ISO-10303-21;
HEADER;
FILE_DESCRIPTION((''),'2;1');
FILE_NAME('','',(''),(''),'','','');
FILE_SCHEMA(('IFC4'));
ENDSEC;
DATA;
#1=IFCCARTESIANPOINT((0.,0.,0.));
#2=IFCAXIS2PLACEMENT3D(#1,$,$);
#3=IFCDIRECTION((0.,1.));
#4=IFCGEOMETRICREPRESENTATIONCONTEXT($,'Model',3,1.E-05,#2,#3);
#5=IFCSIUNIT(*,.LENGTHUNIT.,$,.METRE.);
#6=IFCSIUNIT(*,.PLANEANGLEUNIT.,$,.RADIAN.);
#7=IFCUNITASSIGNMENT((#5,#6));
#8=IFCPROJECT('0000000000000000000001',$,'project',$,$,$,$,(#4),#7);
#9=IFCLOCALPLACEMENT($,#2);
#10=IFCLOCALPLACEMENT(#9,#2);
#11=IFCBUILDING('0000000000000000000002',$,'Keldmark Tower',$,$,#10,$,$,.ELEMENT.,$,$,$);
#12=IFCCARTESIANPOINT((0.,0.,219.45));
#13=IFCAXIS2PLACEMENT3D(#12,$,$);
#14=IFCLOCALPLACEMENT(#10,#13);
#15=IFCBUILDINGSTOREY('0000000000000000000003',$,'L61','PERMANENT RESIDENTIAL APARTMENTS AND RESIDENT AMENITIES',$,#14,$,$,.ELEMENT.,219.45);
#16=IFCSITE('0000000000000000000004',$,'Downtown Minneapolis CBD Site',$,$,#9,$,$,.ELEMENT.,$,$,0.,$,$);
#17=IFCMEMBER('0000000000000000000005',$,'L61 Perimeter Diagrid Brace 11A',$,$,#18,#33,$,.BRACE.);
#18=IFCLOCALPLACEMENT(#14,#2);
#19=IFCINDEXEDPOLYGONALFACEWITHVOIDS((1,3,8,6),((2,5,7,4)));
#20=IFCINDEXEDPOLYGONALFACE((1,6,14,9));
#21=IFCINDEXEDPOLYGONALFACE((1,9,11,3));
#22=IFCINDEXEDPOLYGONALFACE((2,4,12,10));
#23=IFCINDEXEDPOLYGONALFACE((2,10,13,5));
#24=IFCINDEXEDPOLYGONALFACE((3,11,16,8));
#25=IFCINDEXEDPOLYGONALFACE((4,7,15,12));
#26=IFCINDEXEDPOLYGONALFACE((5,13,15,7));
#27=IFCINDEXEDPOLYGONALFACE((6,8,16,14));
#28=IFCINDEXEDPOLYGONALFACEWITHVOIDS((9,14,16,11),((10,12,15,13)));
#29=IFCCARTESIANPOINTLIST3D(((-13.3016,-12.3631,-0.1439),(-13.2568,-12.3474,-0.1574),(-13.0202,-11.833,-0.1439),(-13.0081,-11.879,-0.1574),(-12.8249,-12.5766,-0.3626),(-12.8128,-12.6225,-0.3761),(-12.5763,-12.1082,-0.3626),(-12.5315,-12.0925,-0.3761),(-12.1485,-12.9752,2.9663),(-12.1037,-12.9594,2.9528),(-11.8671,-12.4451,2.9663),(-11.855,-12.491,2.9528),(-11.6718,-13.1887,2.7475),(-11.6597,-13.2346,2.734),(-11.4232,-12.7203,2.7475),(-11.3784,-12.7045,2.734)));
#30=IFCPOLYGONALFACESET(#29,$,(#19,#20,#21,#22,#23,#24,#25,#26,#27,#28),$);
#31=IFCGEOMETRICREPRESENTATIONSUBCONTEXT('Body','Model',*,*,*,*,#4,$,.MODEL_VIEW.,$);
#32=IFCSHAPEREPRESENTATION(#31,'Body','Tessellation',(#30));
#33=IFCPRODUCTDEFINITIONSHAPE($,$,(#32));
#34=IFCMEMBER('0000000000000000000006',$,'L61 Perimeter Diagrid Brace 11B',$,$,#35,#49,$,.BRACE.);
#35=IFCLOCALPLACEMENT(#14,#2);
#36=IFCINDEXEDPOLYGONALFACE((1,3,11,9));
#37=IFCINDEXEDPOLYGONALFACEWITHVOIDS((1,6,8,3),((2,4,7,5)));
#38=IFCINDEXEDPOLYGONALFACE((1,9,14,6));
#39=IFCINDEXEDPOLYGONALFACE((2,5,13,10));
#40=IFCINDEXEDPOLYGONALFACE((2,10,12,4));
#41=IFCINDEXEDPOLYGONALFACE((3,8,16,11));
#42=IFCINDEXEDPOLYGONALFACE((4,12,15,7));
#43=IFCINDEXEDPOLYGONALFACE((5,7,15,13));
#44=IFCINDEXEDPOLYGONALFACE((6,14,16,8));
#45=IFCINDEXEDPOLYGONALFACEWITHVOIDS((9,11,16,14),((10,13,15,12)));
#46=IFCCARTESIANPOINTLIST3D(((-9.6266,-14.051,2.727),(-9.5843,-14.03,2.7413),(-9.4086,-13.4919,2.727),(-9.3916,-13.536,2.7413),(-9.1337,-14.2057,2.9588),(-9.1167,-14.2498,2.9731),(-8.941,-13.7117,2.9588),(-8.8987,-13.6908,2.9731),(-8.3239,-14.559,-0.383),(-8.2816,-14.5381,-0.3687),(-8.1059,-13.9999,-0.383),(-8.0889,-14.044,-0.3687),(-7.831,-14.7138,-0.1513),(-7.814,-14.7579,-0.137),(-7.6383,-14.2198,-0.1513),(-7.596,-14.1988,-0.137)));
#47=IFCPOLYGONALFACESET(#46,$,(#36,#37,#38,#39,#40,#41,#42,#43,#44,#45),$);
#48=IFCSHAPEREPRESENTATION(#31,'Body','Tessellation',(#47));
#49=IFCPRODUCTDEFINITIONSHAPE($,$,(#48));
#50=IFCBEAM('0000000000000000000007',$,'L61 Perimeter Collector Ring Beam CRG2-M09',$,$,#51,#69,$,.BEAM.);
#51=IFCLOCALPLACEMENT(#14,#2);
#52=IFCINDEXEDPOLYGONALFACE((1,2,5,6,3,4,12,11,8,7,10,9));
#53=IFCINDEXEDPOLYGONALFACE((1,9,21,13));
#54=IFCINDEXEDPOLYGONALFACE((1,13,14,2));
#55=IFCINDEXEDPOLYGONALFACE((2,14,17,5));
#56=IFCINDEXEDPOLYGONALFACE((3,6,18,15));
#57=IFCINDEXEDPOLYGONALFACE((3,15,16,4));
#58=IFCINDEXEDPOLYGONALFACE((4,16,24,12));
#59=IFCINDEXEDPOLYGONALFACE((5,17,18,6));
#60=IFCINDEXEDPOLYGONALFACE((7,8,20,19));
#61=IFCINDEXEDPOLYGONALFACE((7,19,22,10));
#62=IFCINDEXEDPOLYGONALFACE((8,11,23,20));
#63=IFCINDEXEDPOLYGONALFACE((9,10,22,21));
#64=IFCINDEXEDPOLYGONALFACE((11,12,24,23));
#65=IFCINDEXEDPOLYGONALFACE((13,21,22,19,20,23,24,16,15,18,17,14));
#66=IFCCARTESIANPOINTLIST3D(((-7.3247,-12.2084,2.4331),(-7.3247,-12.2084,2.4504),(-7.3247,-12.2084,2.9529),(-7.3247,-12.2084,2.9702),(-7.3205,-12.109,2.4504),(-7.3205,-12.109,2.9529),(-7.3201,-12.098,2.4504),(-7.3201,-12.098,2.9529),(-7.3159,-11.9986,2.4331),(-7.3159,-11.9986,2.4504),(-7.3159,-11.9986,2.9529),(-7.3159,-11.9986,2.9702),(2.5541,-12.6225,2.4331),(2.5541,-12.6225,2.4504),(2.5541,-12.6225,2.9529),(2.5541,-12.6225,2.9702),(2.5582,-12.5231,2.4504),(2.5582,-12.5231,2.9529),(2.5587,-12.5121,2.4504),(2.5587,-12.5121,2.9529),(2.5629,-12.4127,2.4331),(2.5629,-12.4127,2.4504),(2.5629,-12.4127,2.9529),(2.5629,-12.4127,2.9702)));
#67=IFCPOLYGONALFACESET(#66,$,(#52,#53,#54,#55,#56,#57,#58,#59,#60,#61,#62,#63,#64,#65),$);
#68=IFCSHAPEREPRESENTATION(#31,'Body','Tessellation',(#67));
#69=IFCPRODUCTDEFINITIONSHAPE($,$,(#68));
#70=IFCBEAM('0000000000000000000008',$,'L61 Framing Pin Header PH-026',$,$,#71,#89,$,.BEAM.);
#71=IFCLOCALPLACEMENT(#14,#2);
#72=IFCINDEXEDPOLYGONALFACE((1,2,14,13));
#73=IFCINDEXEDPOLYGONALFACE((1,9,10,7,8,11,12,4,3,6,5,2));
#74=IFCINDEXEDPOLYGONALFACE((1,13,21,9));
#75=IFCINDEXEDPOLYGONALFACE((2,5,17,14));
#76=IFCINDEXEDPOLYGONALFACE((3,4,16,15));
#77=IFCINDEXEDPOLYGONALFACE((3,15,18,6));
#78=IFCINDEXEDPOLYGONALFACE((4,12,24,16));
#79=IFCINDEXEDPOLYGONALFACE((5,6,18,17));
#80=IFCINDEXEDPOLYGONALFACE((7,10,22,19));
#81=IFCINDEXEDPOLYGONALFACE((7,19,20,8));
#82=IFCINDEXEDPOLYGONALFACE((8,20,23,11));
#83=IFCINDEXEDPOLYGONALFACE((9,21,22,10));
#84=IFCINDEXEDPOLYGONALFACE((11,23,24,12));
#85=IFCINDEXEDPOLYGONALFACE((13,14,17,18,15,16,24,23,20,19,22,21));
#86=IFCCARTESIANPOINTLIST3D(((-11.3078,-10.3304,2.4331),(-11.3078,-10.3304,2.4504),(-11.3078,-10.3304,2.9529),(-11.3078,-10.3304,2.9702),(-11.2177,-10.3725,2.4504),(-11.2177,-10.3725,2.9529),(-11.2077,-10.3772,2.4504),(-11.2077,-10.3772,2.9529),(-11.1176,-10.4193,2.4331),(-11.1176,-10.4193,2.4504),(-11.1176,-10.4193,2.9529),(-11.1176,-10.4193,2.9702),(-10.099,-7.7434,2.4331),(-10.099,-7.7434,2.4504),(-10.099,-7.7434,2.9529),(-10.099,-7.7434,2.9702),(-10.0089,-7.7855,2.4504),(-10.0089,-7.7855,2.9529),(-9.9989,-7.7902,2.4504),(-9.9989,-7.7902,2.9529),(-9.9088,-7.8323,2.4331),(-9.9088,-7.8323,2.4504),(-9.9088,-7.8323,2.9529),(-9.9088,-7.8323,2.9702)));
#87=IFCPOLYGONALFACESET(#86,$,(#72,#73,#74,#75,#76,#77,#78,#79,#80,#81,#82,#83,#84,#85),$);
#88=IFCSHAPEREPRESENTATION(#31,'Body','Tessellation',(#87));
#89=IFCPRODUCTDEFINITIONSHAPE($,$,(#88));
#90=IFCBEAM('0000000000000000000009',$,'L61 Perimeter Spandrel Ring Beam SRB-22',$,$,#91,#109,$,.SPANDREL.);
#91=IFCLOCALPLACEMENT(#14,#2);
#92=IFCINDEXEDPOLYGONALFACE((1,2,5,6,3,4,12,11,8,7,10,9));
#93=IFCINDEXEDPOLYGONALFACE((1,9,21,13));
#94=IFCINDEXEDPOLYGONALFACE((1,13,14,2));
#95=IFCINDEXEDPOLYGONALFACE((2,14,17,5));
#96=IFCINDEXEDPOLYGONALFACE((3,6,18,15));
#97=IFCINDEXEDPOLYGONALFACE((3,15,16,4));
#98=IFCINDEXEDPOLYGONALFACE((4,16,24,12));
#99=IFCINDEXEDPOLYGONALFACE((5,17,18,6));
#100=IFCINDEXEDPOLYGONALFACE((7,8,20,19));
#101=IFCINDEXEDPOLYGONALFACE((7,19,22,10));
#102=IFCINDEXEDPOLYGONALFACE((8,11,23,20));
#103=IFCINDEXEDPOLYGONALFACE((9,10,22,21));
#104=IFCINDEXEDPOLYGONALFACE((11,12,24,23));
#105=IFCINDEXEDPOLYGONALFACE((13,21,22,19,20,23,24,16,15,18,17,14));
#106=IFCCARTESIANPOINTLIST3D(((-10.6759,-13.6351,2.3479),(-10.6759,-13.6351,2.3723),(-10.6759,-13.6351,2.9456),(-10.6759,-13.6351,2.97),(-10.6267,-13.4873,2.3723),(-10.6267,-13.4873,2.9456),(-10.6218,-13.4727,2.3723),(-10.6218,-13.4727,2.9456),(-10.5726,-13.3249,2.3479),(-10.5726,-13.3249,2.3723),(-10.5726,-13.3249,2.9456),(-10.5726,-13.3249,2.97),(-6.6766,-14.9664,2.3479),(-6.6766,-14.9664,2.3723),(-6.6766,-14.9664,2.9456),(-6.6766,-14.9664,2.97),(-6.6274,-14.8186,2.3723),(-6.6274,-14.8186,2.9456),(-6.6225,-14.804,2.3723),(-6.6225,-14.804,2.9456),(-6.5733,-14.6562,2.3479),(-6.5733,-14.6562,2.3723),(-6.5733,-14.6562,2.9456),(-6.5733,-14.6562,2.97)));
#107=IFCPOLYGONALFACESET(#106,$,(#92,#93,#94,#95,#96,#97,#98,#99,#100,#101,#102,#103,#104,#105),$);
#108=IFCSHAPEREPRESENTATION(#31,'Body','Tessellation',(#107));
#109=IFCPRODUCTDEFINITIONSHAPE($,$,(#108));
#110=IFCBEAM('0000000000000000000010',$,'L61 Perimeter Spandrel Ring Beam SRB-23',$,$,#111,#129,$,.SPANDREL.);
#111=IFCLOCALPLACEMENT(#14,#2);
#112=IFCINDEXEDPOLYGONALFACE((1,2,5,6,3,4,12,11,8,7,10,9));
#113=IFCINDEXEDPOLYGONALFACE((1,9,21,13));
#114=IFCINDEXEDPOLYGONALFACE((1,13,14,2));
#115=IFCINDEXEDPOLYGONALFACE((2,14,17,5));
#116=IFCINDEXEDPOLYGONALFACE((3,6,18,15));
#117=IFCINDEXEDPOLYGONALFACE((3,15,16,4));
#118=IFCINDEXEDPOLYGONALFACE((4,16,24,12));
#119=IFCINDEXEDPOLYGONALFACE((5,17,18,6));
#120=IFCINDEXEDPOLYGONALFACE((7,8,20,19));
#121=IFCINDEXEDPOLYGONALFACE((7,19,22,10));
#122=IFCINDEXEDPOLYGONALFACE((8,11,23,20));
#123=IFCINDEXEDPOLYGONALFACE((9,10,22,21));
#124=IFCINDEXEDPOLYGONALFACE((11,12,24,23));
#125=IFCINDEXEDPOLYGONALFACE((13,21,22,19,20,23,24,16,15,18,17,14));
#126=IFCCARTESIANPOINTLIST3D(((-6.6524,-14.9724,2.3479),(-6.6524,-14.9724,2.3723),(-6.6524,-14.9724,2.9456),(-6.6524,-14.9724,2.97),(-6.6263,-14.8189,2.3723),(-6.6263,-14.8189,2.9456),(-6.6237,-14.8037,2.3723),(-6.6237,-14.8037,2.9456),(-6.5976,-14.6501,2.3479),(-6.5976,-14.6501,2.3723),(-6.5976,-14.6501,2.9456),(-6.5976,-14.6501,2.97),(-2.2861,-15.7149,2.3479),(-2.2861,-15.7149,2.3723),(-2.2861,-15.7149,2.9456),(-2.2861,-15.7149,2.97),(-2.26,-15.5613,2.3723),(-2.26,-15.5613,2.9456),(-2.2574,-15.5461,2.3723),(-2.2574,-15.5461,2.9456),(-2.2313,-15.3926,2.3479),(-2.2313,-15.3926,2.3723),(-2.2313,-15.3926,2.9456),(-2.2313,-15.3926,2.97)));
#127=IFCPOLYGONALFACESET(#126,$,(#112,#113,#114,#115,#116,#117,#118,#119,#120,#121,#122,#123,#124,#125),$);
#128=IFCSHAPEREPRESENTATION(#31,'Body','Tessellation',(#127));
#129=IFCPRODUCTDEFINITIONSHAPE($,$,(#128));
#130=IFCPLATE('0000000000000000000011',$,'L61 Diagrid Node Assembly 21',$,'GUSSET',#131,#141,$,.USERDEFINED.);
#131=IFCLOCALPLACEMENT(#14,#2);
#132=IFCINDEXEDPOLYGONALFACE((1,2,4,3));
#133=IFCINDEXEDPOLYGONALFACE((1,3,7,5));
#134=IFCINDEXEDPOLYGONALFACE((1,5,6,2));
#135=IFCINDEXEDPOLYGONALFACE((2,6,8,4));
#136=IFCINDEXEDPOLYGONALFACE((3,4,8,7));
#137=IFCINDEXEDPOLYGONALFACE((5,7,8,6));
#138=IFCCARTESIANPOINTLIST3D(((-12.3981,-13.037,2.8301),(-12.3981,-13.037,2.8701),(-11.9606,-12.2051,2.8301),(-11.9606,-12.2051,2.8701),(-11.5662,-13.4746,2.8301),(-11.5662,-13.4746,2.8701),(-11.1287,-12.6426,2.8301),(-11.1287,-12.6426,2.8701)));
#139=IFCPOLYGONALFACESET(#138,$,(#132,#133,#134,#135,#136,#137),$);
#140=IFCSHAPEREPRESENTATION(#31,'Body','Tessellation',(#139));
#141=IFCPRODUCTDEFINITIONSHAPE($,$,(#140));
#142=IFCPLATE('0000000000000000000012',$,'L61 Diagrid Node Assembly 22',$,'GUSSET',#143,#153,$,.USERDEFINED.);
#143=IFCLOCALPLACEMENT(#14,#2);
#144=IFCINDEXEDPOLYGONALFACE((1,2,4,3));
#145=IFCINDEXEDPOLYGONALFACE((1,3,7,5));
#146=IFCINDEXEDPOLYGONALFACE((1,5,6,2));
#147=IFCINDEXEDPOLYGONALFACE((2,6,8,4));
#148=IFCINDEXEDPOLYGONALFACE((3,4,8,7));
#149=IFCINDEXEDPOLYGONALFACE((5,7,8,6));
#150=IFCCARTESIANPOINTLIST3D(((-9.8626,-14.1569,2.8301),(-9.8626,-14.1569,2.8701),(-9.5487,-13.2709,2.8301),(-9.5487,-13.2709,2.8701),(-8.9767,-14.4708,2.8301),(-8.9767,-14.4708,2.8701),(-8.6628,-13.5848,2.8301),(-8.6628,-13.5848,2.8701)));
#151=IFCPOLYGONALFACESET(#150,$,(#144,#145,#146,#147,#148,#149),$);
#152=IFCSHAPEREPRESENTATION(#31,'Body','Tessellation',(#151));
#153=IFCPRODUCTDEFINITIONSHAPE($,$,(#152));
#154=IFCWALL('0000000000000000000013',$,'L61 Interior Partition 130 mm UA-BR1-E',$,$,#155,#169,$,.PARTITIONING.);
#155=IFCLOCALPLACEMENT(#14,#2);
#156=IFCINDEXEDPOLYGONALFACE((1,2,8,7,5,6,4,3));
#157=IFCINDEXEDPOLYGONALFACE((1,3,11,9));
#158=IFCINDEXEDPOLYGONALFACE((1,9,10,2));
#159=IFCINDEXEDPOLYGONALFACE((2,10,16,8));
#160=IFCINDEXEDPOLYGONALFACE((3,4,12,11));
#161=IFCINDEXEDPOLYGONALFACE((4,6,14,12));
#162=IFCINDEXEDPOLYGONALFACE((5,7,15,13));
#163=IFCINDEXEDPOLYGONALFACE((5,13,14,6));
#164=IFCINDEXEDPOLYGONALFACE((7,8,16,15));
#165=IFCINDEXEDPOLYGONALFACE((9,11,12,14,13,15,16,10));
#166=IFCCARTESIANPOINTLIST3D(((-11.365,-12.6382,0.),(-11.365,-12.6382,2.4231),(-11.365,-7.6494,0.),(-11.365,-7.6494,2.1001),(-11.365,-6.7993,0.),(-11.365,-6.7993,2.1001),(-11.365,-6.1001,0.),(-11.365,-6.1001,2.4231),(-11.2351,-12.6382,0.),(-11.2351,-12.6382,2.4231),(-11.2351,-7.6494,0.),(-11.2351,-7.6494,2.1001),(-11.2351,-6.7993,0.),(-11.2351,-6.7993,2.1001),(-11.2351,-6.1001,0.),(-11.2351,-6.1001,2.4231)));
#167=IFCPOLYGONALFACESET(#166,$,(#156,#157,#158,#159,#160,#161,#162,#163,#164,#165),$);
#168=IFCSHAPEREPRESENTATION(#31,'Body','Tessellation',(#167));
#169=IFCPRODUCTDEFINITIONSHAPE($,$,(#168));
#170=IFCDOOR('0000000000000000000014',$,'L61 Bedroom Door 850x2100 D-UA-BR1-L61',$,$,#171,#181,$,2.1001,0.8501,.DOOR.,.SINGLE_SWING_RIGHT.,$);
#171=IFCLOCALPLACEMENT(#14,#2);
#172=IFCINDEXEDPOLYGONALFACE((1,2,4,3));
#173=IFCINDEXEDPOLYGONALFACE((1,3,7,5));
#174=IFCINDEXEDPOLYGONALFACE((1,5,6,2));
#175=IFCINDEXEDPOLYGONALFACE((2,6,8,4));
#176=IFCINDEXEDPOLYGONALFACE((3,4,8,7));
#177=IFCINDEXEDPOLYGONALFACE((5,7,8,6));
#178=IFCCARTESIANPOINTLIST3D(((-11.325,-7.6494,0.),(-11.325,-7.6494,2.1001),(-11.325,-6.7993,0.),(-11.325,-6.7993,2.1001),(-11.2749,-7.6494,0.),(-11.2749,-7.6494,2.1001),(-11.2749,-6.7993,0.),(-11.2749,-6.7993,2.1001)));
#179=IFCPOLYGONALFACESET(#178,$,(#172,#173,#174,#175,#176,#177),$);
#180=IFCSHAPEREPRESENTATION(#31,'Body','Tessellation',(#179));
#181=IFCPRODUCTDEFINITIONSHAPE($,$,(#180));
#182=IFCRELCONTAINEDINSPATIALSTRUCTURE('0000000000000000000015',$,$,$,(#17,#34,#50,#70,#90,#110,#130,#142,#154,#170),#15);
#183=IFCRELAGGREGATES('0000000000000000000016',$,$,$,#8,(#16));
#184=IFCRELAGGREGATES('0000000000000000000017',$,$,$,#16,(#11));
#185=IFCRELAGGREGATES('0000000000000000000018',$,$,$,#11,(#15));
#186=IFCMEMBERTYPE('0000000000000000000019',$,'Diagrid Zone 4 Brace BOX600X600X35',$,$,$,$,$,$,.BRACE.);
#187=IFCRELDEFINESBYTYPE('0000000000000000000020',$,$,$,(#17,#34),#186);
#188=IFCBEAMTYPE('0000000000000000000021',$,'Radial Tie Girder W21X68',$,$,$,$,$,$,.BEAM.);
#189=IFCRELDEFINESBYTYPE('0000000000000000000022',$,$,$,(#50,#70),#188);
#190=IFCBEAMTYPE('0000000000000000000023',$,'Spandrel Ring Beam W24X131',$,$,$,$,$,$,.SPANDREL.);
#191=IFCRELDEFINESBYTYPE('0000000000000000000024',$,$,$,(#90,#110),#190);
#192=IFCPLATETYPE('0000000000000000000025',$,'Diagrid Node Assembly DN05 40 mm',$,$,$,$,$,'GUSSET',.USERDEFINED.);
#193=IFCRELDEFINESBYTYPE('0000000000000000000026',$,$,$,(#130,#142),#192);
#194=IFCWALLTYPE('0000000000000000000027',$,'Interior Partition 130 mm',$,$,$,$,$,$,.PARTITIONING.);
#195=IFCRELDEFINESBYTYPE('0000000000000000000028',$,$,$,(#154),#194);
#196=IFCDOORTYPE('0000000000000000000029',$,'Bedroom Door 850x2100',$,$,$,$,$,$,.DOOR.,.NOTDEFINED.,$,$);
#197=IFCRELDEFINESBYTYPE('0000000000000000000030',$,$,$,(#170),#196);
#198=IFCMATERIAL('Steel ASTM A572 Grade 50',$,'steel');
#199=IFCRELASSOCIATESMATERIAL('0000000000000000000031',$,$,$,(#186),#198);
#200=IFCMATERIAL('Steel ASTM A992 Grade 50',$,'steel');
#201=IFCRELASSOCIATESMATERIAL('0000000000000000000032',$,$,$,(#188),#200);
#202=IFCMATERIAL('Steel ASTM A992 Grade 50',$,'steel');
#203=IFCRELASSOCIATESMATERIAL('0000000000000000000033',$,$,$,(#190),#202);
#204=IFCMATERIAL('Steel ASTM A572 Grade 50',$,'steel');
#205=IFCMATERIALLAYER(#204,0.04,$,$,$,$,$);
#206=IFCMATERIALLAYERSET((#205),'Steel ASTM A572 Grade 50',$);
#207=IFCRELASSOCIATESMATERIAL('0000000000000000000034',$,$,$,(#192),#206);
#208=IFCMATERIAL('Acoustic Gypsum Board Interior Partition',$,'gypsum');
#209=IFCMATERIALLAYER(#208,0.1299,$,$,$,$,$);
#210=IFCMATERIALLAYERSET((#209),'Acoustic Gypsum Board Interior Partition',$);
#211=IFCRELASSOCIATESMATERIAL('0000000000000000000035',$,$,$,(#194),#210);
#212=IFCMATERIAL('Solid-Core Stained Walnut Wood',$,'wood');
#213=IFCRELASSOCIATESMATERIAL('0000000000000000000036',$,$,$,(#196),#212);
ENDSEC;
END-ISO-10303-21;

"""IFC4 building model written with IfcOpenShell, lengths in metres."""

from ifc_helpers import new_model, si_unit, direction, frame, frame_2d, origin, origin_2d, place, context, subcontext, project, spatial, rectangle, hollow_rectangle, i_section, extrude, material, layer, layer_set, material_profile, profile_set, type_object, element, fill, save


model = new_model("IFC4")

# Units and contexts
model_context = context("Model", 3, precision=1e-05, world=origin(), true_north=direction((0.0, 1.0)))
body_context = subcontext(model_context, "Body", "Model", "MODEL_VIEW")
ifc_project = project(units=[si_unit("LENGTHUNIT", "METRE"), si_unit("PLANEANGLEUNIT", "RADIAN")], contexts=[model_context])

# Site, building, storey
site_placement = place(None, origin())
site = spatial("IfcSite", under=ifc_project, at=site_placement, Name="Downtown Minneapolis CBD Site", CompositionType="ELEMENT", RefElevation=0.0)
building_placement = place(site_placement, origin())
building = spatial("IfcBuilding", under=site, at=building_placement, Name="Keldmark Tower", CompositionType="ELEMENT")
storey_placement = place(building_placement, frame((0.0, 0.0, 219.45)))
storey = spatial("IfcBuildingStorey", under=building, at=storey_placement, Name="L61", Description="PERMANENT RESIDENTIAL APARTMENTS AND RESIDENT AMENITIES", CompositionType="ELEMENT", Elevation=219.45)

# Members
ifc_material_1 = material(Name="Steel ASTM A572 Grade 50", Category="steel")
ifc_material_profile_1 = material_profile(ifc_material_1, hollow_rectangle(XDim=0.6001, YDim=0.6001, WallThickness=0.0349, at=origin_2d()), Name="BOX600X600X35")
ifc_profile_set_1 = profile_set([ifc_material_profile_1], Name="Steel ASTM A572 Grade 50")
member_type = type_object("IfcMemberType", Name="Diagrid Zone 4 Brace BOX600X600X35", PredefinedType="BRACE", material=ifc_profile_set_1)
member_1_placement = place(storey_placement, frame((-12.9165, -12.2278, -0.26), z_axis=(0.341857, -0.18146, 0.922066), x_axis=(0.46885, 0.883278, 0.0)))
element("IfcMember", 1, at=member_1_placement, inside=storey, type_object=member_type, Name="L61 Perimeter Diagrid Brace 11A", PredefinedType="BRACE", context=body_context, shape_type="SweptSolid", body=[
    extrude(hollow_rectangle(XDim=0.6001, YDim=0.6001, WallThickness=0.0349, at=origin_2d()), origin(), (0.0, 0.0, 1.0), 3.373),
])
member_2_placement = place(storey_placement, frame((-7.96, -14.3789, -0.26), z_axis=(-0.382035, 0.148991, 0.912059), x_axis=(-0.363339, -0.931657, 0.0)))
element("IfcMember", 2, at=member_2_placement, inside=storey, type_object=member_type, Name="L61 Perimeter Diagrid Brace 11B", PredefinedType="BRACE", context=body_context, shape_type="SweptSolid", body=[
    extrude(hollow_rectangle(XDim=0.6001, YDim=0.6001, WallThickness=0.0349, at=origin_2d()), origin(), (0.0, 0.0, 1.0), 3.4099),
])

# Beams
ifc_material_2 = material(Name="Steel ASTM A992 Grade 50", Category="steel")
ifc_material_profile_2 = material_profile(ifc_material_2, i_section(OverallWidth=0.21, OverallDepth=0.5371, WebThickness=0.011, FlangeThickness=0.0173, at=origin_2d()), Name="W21X68")
ifc_profile_set_2 = profile_set([ifc_material_profile_2], Name="Steel ASTM A992 Grade 50")
beam_type_1 = type_object("IfcBeamType", Name="Radial Tie Girder W21X68", PredefinedType="BEAM", material=ifc_profile_set_2)
beam_1_placement = place(storey_placement, frame((-7.3203, -12.1035, 2.7017), z_axis=(0.999123, -0.041878, 0.0), x_axis=(0.041878, 0.999123, 0.0)))
element("IfcBeam", 3, at=beam_1_placement, inside=storey, type_object=beam_type_1, Name="L61 Perimeter Collector Ring Beam CRG2-M09", PredefinedType="BEAM", context=body_context, shape_type="SweptSolid", body=[
    extrude(i_section(OverallWidth=0.21, OverallDepth=0.5371, WebThickness=0.011, FlangeThickness=0.0173, at=origin_2d()), origin(), (0.0, 0.0, 1.0), 9.8875),
])
beam_2_placement = place(storey_placement, frame((-10.0039, -7.7878, 2.7017), z_axis=(-0.423321, -0.90598, 0.0), x_axis=(0.90598, -0.423321, 0.0)))
element("IfcBeam", 4, at=beam_2_placement, inside=storey, type_object=beam_type_1, Name="L61 Framing Pin Header PH-026", PredefinedType="BEAM", context=body_context, shape_type="SweptSolid", body=[
    extrude(i_section(OverallWidth=0.21, OverallDepth=0.5371, WebThickness=0.011, FlangeThickness=0.0173, at=origin_2d()), origin(), (0.0, 0.0, 1.0), 2.8555),
])
ifc_material_3 = material(Name="Steel ASTM A992 Grade 50", Category="steel")
ifc_material_profile_3 = material_profile(ifc_material_3, i_section(OverallWidth=0.3269, OverallDepth=0.6221, WebThickness=0.0154, FlangeThickness=0.0244, at=origin_2d()), Name="W24X131")
ifc_profile_set_3 = profile_set([ifc_material_profile_3], Name="Steel ASTM A992 Grade 50")
beam_type_2 = type_object("IfcBeamType", Name="Spandrel Ring Beam W24X131", PredefinedType="SPANDREL", material=ifc_profile_set_3)
beam_3_placement = place(storey_placement, frame((-10.6243, -13.48, 2.6589), z_axis=(0.948811, -0.315845, 0.0), x_axis=(0.315845, 0.948811, 0.0)))
element("IfcBeam", 5, at=beam_3_placement, inside=storey, type_object=beam_type_2, Name="L61 Perimeter Spandrel Ring Beam SRB-22", PredefinedType="SPANDREL", context=body_context, shape_type="SweptSolid", body=[
    extrude(i_section(OverallWidth=0.3269, OverallDepth=0.6221, WebThickness=0.0154, FlangeThickness=0.0244, at=origin_2d()), origin(), (0.0, 0.0, 1.0), 4.2151),
])
beam_4_placement = place(storey_placement, frame((-6.625, -14.8113, 2.6589), z_axis=(0.985849, -0.167634, 0.0), x_axis=(0.167634, 0.985849, 0.0)))
element("IfcBeam", 6, at=beam_4_placement, inside=storey, type_object=beam_type_2, Name="L61 Perimeter Spandrel Ring Beam SRB-23", PredefinedType="SPANDREL", context=body_context, shape_type="SweptSolid", body=[
    extrude(i_section(OverallWidth=0.3269, OverallDepth=0.6221, WebThickness=0.0154, FlangeThickness=0.0244, at=origin_2d()), origin(), (0.0, 0.0, 1.0), 4.429),
])

# Plates
ifc_material_4 = material(Name="Steel ASTM A572 Grade 50", Category="steel")
ifc_layer_1 = layer(ifc_material_4, 0.04)
ifc_layer_set_1 = layer_set([ifc_layer_1], Name="Steel ASTM A572 Grade 50")
plate_type = type_object("IfcPlateType", Name="Diagrid Node Assembly DN05 40 mm", ElementType="GUSSET", PredefinedType="USERDEFINED", material=ifc_layer_set_1)
for number, where, z_axis, x_axis, name in (
    (7, (-11.7634, -12.8398, 2.8301), (0.0, 0.0, 1.0), (0.885069, -0.46546, 0.0), "L61 Diagrid Node Assembly 21"),
    (8, (-9.2627, -13.8708, 2.8301), (0.0, 0.0, 1.0), (0.942583, -0.333971, 0.0), "L61 Diagrid Node Assembly 22"),
):
    element("IfcPlate", number, at=place(storey_placement, frame(where, z_axis=z_axis, x_axis=x_axis)), inside=storey, type_object=plate_type, Name=name, ObjectType="GUSSET", PredefinedType="USERDEFINED", context=body_context, shape_type="SweptSolid", body=[
        extrude(rectangle(XDim=0.9399, YDim=0.9399, at=origin_2d()), origin(), (0.0, 0.0, 1.0), 0.04),
    ])

# Wall, opening, door
ifc_material_5 = material(Name="Acoustic Gypsum Board Interior Partition", Category="gypsum")
ifc_layer_2 = layer(ifc_material_5, 0.1299)
ifc_layer_set_2 = layer_set([ifc_layer_2], Name="Acoustic Gypsum Board Interior Partition")
wall_type_1 = type_object("IfcWallType", Name="Interior Partition 130 mm", PredefinedType="PARTITIONING", material=ifc_layer_set_2)
wall_1_placement = place(storey_placement, frame((-11.3, -12.6382, 0.0), z_axis=(0.0, 0.0, 1.0), x_axis=(0.0, 1.0, 0.0)))
wall_1 = element("IfcWall", 9, at=wall_1_placement, inside=storey, type_object=wall_type_1, Name="L61 Interior Partition 130 mm UA-BR1-E", PredefinedType="PARTITIONING", context=body_context, shape_type="SweptSolid", body=[
    extrude(rectangle(XDim=6.5381, YDim=0.1299, at=frame_2d((3.269, 0.0))), origin(), (0.0, 0.0, 1.0), 2.4231),
])
opening_1_placement = place(wall_1_placement, frame((4.9888, 0.0, 0.0)))
opening_1 = element("IfcOpeningElement", 10, at=opening_1_placement, cuts=wall_1, PredefinedType="OPENING", context=body_context, shape_type="SweptSolid", body=[
    extrude(rectangle(XDim=0.8501, YDim=2.1001, at=frame_2d((0.425, 1.05))), frame((0.0, 0.075, 0.0), z_axis=(0.0, -1.0, 0.0), x_axis=(1.0, 0.0, 0.0)), (0.0, 0.0, 1.0), 0.1499),
])
ifc_material_6 = material(Name="Solid-Core Stained Walnut Wood", Category="wood")
door_type_1 = type_object("IfcDoorType", Name="Bedroom Door 850x2100", OperationType="NOTDEFINED", PredefinedType="DOOR", material=ifc_material_6)
door_1_placement = place(opening_1_placement, origin())
door_1 = element("IfcDoor", 11, at=door_1_placement, inside=storey, type_object=door_type_1, Name="L61 Bedroom Door 850x2100 D-UA-BR1-L61", OperationType="SINGLE_SWING_RIGHT", OverallHeight=2.1001, OverallWidth=0.8501, PredefinedType="DOOR", context=body_context, shape_type="SweptSolid", body=[
    extrude(rectangle(XDim=0.8501, YDim=2.1001, at=frame_2d((0.425, 1.05))), frame((0.0, 0.0249, 0.0), z_axis=(0.0, -1.0, 0.0), x_axis=(1.0, 0.0, 0.0)), (0.0, 0.0, 1.0), 0.05),
])
fill(opening_1, door_1)

save(model, "model.ifc")
